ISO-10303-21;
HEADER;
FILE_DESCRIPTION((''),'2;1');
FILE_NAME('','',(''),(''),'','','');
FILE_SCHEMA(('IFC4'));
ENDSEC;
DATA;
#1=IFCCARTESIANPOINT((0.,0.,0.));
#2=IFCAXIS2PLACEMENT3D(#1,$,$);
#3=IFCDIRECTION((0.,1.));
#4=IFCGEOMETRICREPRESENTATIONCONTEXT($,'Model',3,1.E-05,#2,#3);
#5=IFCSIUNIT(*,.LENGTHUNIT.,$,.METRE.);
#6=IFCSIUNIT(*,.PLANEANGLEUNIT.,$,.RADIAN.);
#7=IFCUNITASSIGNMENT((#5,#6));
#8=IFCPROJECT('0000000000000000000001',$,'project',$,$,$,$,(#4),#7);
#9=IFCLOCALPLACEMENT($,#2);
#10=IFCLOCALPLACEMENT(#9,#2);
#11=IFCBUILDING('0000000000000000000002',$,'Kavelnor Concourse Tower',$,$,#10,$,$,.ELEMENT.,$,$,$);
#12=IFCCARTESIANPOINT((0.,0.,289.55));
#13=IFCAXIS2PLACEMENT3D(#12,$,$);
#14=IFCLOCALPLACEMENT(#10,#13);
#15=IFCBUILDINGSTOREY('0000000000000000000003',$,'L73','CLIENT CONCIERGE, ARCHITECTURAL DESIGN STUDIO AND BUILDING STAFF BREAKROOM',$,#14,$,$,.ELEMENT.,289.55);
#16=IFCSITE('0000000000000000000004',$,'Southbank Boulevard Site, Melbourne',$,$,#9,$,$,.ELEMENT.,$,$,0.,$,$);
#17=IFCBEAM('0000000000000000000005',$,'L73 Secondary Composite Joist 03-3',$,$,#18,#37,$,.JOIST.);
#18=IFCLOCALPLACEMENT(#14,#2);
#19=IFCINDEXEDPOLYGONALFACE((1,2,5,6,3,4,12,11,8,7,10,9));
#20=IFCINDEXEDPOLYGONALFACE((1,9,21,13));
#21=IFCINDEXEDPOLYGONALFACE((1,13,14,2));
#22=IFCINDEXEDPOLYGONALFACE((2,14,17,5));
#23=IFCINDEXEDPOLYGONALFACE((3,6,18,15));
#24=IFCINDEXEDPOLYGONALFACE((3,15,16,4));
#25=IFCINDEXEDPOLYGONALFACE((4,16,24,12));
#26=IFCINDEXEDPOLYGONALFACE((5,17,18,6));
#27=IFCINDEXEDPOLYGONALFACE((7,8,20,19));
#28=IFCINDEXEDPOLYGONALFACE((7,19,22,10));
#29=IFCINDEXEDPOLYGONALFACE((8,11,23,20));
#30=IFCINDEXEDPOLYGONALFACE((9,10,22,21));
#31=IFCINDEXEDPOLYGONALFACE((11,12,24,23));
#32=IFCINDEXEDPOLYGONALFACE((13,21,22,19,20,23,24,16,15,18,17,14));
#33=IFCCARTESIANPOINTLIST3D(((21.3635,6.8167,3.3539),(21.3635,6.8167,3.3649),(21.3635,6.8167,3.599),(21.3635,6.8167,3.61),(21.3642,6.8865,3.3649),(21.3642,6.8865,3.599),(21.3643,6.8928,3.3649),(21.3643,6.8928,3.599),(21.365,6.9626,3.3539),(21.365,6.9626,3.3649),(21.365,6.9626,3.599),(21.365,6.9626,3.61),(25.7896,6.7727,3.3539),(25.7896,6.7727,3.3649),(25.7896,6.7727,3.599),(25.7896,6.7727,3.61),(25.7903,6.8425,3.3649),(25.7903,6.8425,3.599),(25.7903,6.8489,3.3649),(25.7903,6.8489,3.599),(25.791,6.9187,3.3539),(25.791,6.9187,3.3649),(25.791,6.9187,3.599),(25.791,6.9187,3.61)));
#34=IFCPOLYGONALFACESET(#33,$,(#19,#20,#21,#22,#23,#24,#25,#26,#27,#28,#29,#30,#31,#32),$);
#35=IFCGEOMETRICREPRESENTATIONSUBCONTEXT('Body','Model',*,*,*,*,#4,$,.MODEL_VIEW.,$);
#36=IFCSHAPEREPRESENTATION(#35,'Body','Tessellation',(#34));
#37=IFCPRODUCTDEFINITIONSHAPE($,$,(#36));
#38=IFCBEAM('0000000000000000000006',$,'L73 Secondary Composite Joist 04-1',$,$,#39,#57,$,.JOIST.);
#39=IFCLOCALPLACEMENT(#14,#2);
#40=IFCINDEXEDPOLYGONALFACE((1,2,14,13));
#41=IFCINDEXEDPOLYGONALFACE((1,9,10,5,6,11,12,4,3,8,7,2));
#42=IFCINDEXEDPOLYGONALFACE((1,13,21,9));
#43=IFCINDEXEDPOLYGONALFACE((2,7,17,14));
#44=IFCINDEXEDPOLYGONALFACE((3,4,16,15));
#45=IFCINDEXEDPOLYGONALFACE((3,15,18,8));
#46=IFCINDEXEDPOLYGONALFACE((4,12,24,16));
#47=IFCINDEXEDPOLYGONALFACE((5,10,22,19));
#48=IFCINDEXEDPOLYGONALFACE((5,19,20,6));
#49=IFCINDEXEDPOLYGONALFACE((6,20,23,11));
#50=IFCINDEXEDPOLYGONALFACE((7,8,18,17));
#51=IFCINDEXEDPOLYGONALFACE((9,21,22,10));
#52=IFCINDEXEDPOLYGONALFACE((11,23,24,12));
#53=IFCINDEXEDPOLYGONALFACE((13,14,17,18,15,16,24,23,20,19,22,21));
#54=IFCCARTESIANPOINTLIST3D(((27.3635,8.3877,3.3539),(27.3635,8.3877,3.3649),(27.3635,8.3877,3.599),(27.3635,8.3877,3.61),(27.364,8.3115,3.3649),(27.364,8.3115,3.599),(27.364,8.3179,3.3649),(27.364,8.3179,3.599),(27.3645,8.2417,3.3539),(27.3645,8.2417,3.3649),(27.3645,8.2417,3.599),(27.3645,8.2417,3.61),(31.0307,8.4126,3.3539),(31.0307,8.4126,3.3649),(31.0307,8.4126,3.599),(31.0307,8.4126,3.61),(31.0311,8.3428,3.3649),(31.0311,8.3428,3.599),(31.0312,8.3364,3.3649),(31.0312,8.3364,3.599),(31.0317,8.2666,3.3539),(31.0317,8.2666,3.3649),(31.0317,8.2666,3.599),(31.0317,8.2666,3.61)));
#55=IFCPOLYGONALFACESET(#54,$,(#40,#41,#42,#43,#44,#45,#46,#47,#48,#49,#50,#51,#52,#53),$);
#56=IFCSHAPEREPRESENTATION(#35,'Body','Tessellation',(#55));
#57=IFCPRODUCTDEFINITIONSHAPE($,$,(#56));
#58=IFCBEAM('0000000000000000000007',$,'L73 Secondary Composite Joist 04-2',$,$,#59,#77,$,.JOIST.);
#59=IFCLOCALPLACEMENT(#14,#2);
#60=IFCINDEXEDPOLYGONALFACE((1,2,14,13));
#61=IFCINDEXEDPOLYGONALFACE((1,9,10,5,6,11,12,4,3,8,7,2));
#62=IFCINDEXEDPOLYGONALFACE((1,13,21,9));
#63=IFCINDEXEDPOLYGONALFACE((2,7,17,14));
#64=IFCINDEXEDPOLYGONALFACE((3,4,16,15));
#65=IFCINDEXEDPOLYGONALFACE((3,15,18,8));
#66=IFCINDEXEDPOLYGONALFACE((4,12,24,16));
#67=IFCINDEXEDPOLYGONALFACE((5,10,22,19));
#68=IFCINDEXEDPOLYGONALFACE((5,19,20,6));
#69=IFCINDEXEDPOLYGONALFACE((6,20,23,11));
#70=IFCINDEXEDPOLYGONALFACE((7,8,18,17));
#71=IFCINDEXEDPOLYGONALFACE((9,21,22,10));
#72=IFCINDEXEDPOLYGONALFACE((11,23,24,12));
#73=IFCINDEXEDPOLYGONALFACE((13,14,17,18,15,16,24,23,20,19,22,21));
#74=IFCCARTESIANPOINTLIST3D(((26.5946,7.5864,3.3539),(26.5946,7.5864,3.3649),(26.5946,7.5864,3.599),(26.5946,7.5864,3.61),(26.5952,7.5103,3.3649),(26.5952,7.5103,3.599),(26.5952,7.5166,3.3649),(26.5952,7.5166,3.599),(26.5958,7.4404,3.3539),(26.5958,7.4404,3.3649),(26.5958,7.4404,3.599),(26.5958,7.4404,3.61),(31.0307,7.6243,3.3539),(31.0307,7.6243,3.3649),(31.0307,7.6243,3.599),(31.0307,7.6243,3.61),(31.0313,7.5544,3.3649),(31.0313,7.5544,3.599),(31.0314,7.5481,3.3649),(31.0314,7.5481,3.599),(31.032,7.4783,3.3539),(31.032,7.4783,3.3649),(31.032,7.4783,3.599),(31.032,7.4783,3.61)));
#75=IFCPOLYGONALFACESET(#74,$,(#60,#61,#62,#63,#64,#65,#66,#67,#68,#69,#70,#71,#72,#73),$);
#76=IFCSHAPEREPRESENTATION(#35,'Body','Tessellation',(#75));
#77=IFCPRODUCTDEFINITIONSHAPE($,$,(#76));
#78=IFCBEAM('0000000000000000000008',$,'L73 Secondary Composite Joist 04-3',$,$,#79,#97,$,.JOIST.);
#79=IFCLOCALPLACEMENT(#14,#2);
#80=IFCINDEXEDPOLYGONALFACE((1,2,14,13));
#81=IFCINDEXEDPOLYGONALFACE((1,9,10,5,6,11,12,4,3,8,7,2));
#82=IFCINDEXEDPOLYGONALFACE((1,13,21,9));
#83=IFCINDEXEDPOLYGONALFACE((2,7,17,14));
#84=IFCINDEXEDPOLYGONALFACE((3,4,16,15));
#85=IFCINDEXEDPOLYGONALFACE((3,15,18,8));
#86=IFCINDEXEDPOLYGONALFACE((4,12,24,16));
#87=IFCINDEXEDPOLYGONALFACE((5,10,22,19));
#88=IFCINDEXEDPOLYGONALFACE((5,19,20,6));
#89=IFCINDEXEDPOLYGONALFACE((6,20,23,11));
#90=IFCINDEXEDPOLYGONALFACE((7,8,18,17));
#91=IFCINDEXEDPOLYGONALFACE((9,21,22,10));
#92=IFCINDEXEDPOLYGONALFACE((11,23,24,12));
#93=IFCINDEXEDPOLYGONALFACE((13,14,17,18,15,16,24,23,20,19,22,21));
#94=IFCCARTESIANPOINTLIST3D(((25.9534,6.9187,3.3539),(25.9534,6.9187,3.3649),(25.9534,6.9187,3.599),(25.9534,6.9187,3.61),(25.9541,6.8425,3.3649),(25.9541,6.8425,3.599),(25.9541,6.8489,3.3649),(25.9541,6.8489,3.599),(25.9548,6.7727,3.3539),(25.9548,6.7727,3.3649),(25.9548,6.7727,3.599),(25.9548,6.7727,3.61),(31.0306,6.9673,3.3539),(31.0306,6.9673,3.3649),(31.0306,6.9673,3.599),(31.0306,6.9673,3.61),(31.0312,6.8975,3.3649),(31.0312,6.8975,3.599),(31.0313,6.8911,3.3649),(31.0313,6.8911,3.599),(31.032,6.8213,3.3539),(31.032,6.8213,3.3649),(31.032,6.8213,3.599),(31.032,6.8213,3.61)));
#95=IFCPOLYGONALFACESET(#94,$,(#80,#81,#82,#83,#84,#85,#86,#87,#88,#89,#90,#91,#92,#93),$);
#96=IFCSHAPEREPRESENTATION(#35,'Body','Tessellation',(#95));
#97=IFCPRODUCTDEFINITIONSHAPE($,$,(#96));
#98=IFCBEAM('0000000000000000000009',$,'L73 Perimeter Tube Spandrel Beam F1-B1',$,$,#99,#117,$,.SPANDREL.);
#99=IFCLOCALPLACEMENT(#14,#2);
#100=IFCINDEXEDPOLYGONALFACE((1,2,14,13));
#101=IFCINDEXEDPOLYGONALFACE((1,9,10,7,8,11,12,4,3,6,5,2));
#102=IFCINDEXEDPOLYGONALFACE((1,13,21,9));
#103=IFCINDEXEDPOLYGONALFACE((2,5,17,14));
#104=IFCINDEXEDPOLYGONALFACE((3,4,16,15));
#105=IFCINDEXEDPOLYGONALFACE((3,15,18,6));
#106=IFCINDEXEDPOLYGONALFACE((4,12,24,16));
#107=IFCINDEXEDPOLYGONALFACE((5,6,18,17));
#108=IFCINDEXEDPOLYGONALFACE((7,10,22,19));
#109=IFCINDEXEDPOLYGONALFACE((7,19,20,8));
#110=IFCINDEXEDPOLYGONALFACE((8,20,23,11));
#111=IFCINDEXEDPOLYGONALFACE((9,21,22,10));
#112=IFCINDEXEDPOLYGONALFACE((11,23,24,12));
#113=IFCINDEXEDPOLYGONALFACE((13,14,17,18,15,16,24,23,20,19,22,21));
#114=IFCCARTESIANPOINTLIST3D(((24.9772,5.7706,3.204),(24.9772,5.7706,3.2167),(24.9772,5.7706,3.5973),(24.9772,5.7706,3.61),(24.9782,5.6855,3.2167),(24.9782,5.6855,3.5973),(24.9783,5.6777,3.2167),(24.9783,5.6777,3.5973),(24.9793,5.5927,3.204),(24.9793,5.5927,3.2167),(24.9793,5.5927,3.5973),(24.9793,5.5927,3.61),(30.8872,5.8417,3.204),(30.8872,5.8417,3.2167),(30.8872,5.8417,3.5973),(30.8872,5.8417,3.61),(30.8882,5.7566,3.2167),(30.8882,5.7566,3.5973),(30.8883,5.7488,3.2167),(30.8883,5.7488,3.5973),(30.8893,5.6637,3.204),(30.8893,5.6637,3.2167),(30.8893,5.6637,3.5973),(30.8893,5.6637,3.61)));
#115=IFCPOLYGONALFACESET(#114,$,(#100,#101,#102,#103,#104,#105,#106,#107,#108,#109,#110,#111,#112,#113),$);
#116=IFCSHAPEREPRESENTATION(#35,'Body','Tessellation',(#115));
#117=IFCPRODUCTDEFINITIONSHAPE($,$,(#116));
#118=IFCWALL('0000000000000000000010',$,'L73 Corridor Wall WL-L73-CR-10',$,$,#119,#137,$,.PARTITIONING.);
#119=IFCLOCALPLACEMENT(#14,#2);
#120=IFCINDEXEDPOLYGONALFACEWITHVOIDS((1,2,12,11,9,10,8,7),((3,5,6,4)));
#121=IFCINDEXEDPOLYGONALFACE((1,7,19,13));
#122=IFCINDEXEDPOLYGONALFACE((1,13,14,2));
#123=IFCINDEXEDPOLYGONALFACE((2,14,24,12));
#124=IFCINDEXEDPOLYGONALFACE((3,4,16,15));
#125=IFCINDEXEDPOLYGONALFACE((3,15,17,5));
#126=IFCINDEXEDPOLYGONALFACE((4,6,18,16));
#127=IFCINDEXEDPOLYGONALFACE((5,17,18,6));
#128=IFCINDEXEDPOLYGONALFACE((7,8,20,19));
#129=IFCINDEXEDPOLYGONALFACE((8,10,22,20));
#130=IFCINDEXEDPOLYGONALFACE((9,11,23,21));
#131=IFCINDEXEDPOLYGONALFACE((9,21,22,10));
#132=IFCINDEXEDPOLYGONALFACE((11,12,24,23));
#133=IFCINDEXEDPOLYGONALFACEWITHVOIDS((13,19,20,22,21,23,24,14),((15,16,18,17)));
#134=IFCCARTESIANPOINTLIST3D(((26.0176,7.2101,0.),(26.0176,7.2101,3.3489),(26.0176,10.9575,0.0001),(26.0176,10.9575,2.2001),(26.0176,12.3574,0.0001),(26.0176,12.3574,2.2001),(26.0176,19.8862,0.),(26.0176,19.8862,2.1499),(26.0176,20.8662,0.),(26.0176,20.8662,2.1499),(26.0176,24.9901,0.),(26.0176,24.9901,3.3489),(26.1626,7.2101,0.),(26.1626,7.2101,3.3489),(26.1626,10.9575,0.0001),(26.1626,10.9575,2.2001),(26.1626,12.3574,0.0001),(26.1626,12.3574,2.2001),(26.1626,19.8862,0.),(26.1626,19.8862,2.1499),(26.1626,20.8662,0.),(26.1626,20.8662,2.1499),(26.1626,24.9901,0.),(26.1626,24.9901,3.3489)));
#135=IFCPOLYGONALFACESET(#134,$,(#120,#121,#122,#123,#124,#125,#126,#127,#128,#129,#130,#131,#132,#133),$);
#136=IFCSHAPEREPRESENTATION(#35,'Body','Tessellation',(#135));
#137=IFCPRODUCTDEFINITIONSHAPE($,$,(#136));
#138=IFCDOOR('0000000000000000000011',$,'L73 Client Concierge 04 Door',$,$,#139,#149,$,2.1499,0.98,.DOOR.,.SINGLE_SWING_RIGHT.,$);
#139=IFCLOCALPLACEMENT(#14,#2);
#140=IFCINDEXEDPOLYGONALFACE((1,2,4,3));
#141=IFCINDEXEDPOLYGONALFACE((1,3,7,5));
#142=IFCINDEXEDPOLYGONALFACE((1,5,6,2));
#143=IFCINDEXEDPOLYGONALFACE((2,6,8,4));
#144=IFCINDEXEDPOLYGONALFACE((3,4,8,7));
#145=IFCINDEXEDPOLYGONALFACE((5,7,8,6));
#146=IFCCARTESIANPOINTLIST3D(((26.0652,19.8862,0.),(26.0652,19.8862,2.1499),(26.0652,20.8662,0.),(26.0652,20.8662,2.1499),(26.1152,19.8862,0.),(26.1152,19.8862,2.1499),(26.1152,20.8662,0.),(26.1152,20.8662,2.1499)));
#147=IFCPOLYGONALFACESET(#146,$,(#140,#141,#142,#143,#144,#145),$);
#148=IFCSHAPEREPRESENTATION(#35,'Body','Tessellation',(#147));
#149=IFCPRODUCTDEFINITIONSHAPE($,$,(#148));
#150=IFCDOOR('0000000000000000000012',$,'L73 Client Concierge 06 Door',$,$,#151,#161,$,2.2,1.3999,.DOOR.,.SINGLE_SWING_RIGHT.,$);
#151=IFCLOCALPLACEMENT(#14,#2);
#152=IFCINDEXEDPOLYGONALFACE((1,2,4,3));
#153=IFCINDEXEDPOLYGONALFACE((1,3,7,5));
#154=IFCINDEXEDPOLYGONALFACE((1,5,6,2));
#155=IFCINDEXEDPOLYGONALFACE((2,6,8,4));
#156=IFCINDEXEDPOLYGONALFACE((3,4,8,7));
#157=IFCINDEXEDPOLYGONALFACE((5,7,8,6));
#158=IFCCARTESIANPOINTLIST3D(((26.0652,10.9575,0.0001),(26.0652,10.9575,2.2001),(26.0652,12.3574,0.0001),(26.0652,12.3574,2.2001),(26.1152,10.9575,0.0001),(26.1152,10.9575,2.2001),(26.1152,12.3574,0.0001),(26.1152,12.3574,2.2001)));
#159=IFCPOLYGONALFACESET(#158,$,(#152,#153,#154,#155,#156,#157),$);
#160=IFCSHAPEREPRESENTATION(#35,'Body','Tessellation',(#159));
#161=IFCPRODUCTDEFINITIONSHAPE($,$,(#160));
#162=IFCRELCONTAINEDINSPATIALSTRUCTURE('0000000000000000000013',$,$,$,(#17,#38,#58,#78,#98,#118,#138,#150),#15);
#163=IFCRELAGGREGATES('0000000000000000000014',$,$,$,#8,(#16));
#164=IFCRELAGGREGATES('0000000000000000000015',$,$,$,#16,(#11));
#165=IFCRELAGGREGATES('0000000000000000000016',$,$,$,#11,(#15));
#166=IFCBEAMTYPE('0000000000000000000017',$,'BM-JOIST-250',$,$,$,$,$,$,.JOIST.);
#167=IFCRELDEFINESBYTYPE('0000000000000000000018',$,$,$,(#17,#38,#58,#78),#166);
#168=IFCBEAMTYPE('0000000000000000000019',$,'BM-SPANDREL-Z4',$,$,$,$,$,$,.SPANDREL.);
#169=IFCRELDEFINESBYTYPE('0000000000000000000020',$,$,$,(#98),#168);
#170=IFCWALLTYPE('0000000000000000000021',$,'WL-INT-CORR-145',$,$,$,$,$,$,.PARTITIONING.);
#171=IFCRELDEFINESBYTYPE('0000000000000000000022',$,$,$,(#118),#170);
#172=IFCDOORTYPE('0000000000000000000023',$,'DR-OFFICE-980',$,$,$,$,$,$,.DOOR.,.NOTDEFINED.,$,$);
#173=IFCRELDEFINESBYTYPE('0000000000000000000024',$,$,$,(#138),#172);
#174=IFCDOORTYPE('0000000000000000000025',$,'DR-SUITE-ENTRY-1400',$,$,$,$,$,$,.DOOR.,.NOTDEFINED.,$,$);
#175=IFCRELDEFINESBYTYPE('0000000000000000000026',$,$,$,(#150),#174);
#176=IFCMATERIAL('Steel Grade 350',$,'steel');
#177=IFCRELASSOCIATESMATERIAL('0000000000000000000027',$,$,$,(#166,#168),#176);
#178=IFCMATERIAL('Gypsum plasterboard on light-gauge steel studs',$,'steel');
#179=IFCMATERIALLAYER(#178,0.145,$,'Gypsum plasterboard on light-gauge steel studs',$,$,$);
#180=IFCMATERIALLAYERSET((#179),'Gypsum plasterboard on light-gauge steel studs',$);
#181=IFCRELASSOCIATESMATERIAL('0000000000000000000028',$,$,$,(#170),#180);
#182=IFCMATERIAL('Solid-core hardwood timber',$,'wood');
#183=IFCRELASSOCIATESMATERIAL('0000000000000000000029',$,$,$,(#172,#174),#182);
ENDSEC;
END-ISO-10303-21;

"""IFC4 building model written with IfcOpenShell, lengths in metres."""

from ifc_helpers import new_model, si_unit, direction, frame, frame_2d, origin, origin_2d, place, context, subcontext, project, spatial, rectangle, i_section, extrude, material, layer, layer_set, material_profile, profile_set, type_object, element, fill, save


model = new_model("IFC4")

# Units and contexts
model_context = context("Model", 3, precision=1e-05, world=origin(), true_north=direction((0.0, 1.0)))
body_context = subcontext(model_context, "Body", "Model", "MODEL_VIEW")
ifc_project = project(units=[si_unit("LENGTHUNIT", "METRE"), si_unit("PLANEANGLEUNIT", "RADIAN")], contexts=[model_context])

# Site, building, storey
site_placement = place(None, origin())
site = spatial("IfcSite", under=ifc_project, at=site_placement, Name="Southbank Boulevard Site, Melbourne", CompositionType="ELEMENT", RefElevation=0.0)
building_placement = place(site_placement, origin())
building = spatial("IfcBuilding", under=site, at=building_placement, Name="Kavelnor Concourse Tower", CompositionType="ELEMENT")
storey_placement = place(building_placement, frame((0.0, 0.0, 289.55)))
storey = spatial("IfcBuildingStorey", under=building, at=storey_placement, Name="L73", Description="CLIENT CONCIERGE, ARCHITECTURAL DESIGN STUDIO AND BUILDING STAFF BREAKROOM", CompositionType="ELEMENT", Elevation=289.55)

# Shared definitions
ifc_material_1 = material(Name="Steel Grade 350", Category="steel")

# Beams
ifc_material_profile_1 = material_profile(ifc_material_1, i_section(OverallWidth=0.146, OverallDepth=0.2561, WebThickness=0.0063, FlangeThickness=0.011, at=origin_2d()), Name="250UB37")
ifc_profile_set_1 = profile_set([ifc_material_profile_1], Name="Steel Grade 350")
beam_type_1 = type_object("IfcBeamType", Name="BM-JOIST-250", PredefinedType="JOIST", material=ifc_profile_set_1)
beam_1_placement = place(storey_placement, frame((21.3643, 6.8896, 3.4819), z_axis=(0.999951, -0.009928, 0.0), x_axis=(0.009928, 0.999951, 0.0)))
element("IfcBeam", 1, at=beam_1_placement, inside=storey, type_object=beam_type_1, Name="L73 Secondary Composite Joist 03-3", PredefinedType="JOIST", context=body_context, shape_type="SweptSolid", body=[
    extrude(i_section(OverallWidth=0.146, OverallDepth=0.2561, WebThickness=0.0063, FlangeThickness=0.011, at=origin_2d()), origin(), (0.0, 0.0, 1.0), 4.4263),
])
beam_2_placement = place(storey_placement, frame((27.364, 8.3147, 3.4819), z_axis=(0.999977, 0.00679, 0.0), x_axis=(-0.00679, 0.999977, 0.0)))
element("IfcBeam", 2, at=beam_2_placement, inside=storey, type_object=beam_type_1, Name="L73 Secondary Composite Joist 04-1", PredefinedType="JOIST", context=body_context, shape_type="SweptSolid", body=[
    extrude(i_section(OverallWidth=0.146, OverallDepth=0.2561, WebThickness=0.0063, FlangeThickness=0.011, at=origin_2d()), origin(), (0.0, 0.0, 1.0), 3.6672),
])
beam_3_placement = place(storey_placement, frame((26.5952, 7.5134, 3.4819), z_axis=(0.999964, 0.00853, 0.0), x_axis=(-0.00853, 0.999964, 0.0)))
element("IfcBeam", 3, at=beam_3_placement, inside=storey, type_object=beam_type_1, Name="L73 Secondary Composite Joist 04-2", PredefinedType="JOIST", context=body_context, shape_type="SweptSolid", body=[
    extrude(i_section(OverallWidth=0.146, OverallDepth=0.2561, WebThickness=0.0063, FlangeThickness=0.011, at=origin_2d()), origin(), (0.0, 0.0, 1.0), 4.4363),
])
beam_4_placement = place(storey_placement, frame((25.9541, 6.8457, 3.4819), z_axis=(0.999954, 0.009569, 0.0), x_axis=(-0.009569, 0.999954, 0.0)))
element("IfcBeam", 4, at=beam_4_placement, inside=storey, type_object=beam_type_1, Name="L73 Secondary Composite Joist 04-3", PredefinedType="JOIST", context=body_context, shape_type="SweptSolid", body=[
    extrude(i_section(OverallWidth=0.146, OverallDepth=0.2561, WebThickness=0.0063, FlangeThickness=0.011, at=origin_2d()), origin(), (0.0, 0.0, 1.0), 5.0774),
])
ifc_material_profile_2 = material_profile(ifc_material_1, i_section(OverallWidth=0.178, OverallDepth=0.406, WebThickness=0.0078, FlangeThickness=0.0127, at=origin_2d()), Name="410UB59")
ifc_profile_set_2 = profile_set([ifc_material_profile_2], Name="Steel Grade 350")
beam_type_2 = type_object("IfcBeamType", Name="BM-SPANDREL-Z4", PredefinedType="SPANDREL", material=ifc_profile_set_2)
beam_5_placement = place(storey_placement, frame((24.9783, 5.6816, 3.407), z_axis=(0.999928, 0.01202, 0.0), x_axis=(-0.01202, 0.999928, 0.0)))
element("IfcBeam", 5, at=beam_5_placement, inside=storey, type_object=beam_type_2, Name="L73 Perimeter Tube Spandrel Beam F1-B1", PredefinedType="SPANDREL", context=body_context, shape_type="SweptSolid", body=[
    extrude(i_section(OverallWidth=0.178, OverallDepth=0.406, WebThickness=0.0078, FlangeThickness=0.0127, at=origin_2d()), origin(), (0.0, 0.0, 1.0), 5.9104),
])

# Wall, openings, doors
ifc_material_2 = material(Name="Gypsum plasterboard on light-gauge steel studs", Category="steel")
ifc_layer = layer(ifc_material_2, 0.145, Name="Gypsum plasterboard on light-gauge steel studs")
ifc_layer_set = layer_set([ifc_layer], Name="Gypsum plasterboard on light-gauge steel studs")
wall_type = type_object("IfcWallType", Name="WL-INT-CORR-145", PredefinedType="PARTITIONING", material=ifc_layer_set)
wall_placement = place(storey_placement, frame((26.0901, 7.21, 0.0), z_axis=(0.0, 0.0, 1.0), x_axis=(0.0, 1.0, 0.0)))
wall = element("IfcWall", 6, at=wall_placement, inside=storey, type_object=wall_type, Name="L73 Corridor Wall WL-L73-CR-10", PredefinedType="PARTITIONING", context=body_context, shape_type="SweptSolid", body=[
    extrude(rectangle(XDim=17.78, YDim=0.145, at=frame_2d((8.8901, 0.0))), origin(), (0.0, 0.0, 1.0), 3.3489),
])
opening_1_placement = place(wall_placement, frame((12.6763, 0.0, 0.0)))
opening_1 = element("IfcOpeningElement", 7, at=opening_1_placement, cuts=wall, PredefinedType="OPENING", context=body_context, shape_type="SweptSolid", body=[
    extrude(rectangle(XDim=0.98, YDim=2.1499, at=frame_2d((0.49, 1.075))), frame((0.0, 0.0825, 0.0), z_axis=(0.0, -1.0, 0.0), x_axis=(1.0, 0.0, 0.0)), (0.0, 0.0, 1.0), 0.165),
])
opening_2_placement = place(wall_placement, frame((3.7476, 0.0, 0.0)))
opening_2 = element("IfcOpeningElement", 8, at=opening_2_placement, cuts=wall, PredefinedType="OPENING", context=body_context, shape_type="SweptSolid", body=[
    extrude(rectangle(XDim=1.3999, YDim=2.2, at=frame_2d((0.7, 1.1001))), frame((0.0, 0.0825, 0.0), z_axis=(0.0, -1.0, 0.0), x_axis=(1.0, 0.0, 0.0)), (0.0, 0.0, 1.0), 0.165),
])
ifc_material_3 = material(Name="Solid-core hardwood timber", Category="wood")
door_type_1 = type_object("IfcDoorType", Name="DR-OFFICE-980", OperationType="NOTDEFINED", PredefinedType="DOOR", material=ifc_material_3)
door_1_placement = place(opening_1_placement, origin())
door_1 = element("IfcDoor", 9, at=door_1_placement, inside=storey, type_object=door_type_1, Name="L73 Client Concierge 04 Door", OperationType="SINGLE_SWING_RIGHT", OverallHeight=2.1499, OverallWidth=0.98, PredefinedType="DOOR", context=body_context, shape_type="SweptSolid", body=[
    extrude(rectangle(XDim=0.98, YDim=2.1499, at=frame_2d((0.49, 1.075))), frame((0.0, 0.0249, 0.0), z_axis=(0.0, -1.0, 0.0), x_axis=(1.0, 0.0, 0.0)), (0.0, 0.0, 1.0), 0.05),
])
fill(opening_1, door_1)
door_type_2 = type_object("IfcDoorType", Name="DR-SUITE-ENTRY-1400", OperationType="NOTDEFINED", PredefinedType="DOOR", material=ifc_material_3)
door_2_placement = place(opening_2_placement, origin())
door_2 = element("IfcDoor", 10, at=door_2_placement, inside=storey, type_object=door_type_2, Name="L73 Client Concierge 06 Door", OperationType="SINGLE_SWING_RIGHT", OverallHeight=2.2, OverallWidth=1.3999, PredefinedType="DOOR", context=body_context, shape_type="SweptSolid", body=[
    extrude(rectangle(XDim=1.3999, YDim=2.2, at=frame_2d((0.7, 1.1001))), frame((0.0, 0.0249, 0.0), z_axis=(0.0, -1.0, 0.0), x_axis=(1.0, 0.0, 0.0)), (0.0, 0.0, 1.0), 0.05),
])
fill(opening_2, door_2)

save(model, "model.ifc")
